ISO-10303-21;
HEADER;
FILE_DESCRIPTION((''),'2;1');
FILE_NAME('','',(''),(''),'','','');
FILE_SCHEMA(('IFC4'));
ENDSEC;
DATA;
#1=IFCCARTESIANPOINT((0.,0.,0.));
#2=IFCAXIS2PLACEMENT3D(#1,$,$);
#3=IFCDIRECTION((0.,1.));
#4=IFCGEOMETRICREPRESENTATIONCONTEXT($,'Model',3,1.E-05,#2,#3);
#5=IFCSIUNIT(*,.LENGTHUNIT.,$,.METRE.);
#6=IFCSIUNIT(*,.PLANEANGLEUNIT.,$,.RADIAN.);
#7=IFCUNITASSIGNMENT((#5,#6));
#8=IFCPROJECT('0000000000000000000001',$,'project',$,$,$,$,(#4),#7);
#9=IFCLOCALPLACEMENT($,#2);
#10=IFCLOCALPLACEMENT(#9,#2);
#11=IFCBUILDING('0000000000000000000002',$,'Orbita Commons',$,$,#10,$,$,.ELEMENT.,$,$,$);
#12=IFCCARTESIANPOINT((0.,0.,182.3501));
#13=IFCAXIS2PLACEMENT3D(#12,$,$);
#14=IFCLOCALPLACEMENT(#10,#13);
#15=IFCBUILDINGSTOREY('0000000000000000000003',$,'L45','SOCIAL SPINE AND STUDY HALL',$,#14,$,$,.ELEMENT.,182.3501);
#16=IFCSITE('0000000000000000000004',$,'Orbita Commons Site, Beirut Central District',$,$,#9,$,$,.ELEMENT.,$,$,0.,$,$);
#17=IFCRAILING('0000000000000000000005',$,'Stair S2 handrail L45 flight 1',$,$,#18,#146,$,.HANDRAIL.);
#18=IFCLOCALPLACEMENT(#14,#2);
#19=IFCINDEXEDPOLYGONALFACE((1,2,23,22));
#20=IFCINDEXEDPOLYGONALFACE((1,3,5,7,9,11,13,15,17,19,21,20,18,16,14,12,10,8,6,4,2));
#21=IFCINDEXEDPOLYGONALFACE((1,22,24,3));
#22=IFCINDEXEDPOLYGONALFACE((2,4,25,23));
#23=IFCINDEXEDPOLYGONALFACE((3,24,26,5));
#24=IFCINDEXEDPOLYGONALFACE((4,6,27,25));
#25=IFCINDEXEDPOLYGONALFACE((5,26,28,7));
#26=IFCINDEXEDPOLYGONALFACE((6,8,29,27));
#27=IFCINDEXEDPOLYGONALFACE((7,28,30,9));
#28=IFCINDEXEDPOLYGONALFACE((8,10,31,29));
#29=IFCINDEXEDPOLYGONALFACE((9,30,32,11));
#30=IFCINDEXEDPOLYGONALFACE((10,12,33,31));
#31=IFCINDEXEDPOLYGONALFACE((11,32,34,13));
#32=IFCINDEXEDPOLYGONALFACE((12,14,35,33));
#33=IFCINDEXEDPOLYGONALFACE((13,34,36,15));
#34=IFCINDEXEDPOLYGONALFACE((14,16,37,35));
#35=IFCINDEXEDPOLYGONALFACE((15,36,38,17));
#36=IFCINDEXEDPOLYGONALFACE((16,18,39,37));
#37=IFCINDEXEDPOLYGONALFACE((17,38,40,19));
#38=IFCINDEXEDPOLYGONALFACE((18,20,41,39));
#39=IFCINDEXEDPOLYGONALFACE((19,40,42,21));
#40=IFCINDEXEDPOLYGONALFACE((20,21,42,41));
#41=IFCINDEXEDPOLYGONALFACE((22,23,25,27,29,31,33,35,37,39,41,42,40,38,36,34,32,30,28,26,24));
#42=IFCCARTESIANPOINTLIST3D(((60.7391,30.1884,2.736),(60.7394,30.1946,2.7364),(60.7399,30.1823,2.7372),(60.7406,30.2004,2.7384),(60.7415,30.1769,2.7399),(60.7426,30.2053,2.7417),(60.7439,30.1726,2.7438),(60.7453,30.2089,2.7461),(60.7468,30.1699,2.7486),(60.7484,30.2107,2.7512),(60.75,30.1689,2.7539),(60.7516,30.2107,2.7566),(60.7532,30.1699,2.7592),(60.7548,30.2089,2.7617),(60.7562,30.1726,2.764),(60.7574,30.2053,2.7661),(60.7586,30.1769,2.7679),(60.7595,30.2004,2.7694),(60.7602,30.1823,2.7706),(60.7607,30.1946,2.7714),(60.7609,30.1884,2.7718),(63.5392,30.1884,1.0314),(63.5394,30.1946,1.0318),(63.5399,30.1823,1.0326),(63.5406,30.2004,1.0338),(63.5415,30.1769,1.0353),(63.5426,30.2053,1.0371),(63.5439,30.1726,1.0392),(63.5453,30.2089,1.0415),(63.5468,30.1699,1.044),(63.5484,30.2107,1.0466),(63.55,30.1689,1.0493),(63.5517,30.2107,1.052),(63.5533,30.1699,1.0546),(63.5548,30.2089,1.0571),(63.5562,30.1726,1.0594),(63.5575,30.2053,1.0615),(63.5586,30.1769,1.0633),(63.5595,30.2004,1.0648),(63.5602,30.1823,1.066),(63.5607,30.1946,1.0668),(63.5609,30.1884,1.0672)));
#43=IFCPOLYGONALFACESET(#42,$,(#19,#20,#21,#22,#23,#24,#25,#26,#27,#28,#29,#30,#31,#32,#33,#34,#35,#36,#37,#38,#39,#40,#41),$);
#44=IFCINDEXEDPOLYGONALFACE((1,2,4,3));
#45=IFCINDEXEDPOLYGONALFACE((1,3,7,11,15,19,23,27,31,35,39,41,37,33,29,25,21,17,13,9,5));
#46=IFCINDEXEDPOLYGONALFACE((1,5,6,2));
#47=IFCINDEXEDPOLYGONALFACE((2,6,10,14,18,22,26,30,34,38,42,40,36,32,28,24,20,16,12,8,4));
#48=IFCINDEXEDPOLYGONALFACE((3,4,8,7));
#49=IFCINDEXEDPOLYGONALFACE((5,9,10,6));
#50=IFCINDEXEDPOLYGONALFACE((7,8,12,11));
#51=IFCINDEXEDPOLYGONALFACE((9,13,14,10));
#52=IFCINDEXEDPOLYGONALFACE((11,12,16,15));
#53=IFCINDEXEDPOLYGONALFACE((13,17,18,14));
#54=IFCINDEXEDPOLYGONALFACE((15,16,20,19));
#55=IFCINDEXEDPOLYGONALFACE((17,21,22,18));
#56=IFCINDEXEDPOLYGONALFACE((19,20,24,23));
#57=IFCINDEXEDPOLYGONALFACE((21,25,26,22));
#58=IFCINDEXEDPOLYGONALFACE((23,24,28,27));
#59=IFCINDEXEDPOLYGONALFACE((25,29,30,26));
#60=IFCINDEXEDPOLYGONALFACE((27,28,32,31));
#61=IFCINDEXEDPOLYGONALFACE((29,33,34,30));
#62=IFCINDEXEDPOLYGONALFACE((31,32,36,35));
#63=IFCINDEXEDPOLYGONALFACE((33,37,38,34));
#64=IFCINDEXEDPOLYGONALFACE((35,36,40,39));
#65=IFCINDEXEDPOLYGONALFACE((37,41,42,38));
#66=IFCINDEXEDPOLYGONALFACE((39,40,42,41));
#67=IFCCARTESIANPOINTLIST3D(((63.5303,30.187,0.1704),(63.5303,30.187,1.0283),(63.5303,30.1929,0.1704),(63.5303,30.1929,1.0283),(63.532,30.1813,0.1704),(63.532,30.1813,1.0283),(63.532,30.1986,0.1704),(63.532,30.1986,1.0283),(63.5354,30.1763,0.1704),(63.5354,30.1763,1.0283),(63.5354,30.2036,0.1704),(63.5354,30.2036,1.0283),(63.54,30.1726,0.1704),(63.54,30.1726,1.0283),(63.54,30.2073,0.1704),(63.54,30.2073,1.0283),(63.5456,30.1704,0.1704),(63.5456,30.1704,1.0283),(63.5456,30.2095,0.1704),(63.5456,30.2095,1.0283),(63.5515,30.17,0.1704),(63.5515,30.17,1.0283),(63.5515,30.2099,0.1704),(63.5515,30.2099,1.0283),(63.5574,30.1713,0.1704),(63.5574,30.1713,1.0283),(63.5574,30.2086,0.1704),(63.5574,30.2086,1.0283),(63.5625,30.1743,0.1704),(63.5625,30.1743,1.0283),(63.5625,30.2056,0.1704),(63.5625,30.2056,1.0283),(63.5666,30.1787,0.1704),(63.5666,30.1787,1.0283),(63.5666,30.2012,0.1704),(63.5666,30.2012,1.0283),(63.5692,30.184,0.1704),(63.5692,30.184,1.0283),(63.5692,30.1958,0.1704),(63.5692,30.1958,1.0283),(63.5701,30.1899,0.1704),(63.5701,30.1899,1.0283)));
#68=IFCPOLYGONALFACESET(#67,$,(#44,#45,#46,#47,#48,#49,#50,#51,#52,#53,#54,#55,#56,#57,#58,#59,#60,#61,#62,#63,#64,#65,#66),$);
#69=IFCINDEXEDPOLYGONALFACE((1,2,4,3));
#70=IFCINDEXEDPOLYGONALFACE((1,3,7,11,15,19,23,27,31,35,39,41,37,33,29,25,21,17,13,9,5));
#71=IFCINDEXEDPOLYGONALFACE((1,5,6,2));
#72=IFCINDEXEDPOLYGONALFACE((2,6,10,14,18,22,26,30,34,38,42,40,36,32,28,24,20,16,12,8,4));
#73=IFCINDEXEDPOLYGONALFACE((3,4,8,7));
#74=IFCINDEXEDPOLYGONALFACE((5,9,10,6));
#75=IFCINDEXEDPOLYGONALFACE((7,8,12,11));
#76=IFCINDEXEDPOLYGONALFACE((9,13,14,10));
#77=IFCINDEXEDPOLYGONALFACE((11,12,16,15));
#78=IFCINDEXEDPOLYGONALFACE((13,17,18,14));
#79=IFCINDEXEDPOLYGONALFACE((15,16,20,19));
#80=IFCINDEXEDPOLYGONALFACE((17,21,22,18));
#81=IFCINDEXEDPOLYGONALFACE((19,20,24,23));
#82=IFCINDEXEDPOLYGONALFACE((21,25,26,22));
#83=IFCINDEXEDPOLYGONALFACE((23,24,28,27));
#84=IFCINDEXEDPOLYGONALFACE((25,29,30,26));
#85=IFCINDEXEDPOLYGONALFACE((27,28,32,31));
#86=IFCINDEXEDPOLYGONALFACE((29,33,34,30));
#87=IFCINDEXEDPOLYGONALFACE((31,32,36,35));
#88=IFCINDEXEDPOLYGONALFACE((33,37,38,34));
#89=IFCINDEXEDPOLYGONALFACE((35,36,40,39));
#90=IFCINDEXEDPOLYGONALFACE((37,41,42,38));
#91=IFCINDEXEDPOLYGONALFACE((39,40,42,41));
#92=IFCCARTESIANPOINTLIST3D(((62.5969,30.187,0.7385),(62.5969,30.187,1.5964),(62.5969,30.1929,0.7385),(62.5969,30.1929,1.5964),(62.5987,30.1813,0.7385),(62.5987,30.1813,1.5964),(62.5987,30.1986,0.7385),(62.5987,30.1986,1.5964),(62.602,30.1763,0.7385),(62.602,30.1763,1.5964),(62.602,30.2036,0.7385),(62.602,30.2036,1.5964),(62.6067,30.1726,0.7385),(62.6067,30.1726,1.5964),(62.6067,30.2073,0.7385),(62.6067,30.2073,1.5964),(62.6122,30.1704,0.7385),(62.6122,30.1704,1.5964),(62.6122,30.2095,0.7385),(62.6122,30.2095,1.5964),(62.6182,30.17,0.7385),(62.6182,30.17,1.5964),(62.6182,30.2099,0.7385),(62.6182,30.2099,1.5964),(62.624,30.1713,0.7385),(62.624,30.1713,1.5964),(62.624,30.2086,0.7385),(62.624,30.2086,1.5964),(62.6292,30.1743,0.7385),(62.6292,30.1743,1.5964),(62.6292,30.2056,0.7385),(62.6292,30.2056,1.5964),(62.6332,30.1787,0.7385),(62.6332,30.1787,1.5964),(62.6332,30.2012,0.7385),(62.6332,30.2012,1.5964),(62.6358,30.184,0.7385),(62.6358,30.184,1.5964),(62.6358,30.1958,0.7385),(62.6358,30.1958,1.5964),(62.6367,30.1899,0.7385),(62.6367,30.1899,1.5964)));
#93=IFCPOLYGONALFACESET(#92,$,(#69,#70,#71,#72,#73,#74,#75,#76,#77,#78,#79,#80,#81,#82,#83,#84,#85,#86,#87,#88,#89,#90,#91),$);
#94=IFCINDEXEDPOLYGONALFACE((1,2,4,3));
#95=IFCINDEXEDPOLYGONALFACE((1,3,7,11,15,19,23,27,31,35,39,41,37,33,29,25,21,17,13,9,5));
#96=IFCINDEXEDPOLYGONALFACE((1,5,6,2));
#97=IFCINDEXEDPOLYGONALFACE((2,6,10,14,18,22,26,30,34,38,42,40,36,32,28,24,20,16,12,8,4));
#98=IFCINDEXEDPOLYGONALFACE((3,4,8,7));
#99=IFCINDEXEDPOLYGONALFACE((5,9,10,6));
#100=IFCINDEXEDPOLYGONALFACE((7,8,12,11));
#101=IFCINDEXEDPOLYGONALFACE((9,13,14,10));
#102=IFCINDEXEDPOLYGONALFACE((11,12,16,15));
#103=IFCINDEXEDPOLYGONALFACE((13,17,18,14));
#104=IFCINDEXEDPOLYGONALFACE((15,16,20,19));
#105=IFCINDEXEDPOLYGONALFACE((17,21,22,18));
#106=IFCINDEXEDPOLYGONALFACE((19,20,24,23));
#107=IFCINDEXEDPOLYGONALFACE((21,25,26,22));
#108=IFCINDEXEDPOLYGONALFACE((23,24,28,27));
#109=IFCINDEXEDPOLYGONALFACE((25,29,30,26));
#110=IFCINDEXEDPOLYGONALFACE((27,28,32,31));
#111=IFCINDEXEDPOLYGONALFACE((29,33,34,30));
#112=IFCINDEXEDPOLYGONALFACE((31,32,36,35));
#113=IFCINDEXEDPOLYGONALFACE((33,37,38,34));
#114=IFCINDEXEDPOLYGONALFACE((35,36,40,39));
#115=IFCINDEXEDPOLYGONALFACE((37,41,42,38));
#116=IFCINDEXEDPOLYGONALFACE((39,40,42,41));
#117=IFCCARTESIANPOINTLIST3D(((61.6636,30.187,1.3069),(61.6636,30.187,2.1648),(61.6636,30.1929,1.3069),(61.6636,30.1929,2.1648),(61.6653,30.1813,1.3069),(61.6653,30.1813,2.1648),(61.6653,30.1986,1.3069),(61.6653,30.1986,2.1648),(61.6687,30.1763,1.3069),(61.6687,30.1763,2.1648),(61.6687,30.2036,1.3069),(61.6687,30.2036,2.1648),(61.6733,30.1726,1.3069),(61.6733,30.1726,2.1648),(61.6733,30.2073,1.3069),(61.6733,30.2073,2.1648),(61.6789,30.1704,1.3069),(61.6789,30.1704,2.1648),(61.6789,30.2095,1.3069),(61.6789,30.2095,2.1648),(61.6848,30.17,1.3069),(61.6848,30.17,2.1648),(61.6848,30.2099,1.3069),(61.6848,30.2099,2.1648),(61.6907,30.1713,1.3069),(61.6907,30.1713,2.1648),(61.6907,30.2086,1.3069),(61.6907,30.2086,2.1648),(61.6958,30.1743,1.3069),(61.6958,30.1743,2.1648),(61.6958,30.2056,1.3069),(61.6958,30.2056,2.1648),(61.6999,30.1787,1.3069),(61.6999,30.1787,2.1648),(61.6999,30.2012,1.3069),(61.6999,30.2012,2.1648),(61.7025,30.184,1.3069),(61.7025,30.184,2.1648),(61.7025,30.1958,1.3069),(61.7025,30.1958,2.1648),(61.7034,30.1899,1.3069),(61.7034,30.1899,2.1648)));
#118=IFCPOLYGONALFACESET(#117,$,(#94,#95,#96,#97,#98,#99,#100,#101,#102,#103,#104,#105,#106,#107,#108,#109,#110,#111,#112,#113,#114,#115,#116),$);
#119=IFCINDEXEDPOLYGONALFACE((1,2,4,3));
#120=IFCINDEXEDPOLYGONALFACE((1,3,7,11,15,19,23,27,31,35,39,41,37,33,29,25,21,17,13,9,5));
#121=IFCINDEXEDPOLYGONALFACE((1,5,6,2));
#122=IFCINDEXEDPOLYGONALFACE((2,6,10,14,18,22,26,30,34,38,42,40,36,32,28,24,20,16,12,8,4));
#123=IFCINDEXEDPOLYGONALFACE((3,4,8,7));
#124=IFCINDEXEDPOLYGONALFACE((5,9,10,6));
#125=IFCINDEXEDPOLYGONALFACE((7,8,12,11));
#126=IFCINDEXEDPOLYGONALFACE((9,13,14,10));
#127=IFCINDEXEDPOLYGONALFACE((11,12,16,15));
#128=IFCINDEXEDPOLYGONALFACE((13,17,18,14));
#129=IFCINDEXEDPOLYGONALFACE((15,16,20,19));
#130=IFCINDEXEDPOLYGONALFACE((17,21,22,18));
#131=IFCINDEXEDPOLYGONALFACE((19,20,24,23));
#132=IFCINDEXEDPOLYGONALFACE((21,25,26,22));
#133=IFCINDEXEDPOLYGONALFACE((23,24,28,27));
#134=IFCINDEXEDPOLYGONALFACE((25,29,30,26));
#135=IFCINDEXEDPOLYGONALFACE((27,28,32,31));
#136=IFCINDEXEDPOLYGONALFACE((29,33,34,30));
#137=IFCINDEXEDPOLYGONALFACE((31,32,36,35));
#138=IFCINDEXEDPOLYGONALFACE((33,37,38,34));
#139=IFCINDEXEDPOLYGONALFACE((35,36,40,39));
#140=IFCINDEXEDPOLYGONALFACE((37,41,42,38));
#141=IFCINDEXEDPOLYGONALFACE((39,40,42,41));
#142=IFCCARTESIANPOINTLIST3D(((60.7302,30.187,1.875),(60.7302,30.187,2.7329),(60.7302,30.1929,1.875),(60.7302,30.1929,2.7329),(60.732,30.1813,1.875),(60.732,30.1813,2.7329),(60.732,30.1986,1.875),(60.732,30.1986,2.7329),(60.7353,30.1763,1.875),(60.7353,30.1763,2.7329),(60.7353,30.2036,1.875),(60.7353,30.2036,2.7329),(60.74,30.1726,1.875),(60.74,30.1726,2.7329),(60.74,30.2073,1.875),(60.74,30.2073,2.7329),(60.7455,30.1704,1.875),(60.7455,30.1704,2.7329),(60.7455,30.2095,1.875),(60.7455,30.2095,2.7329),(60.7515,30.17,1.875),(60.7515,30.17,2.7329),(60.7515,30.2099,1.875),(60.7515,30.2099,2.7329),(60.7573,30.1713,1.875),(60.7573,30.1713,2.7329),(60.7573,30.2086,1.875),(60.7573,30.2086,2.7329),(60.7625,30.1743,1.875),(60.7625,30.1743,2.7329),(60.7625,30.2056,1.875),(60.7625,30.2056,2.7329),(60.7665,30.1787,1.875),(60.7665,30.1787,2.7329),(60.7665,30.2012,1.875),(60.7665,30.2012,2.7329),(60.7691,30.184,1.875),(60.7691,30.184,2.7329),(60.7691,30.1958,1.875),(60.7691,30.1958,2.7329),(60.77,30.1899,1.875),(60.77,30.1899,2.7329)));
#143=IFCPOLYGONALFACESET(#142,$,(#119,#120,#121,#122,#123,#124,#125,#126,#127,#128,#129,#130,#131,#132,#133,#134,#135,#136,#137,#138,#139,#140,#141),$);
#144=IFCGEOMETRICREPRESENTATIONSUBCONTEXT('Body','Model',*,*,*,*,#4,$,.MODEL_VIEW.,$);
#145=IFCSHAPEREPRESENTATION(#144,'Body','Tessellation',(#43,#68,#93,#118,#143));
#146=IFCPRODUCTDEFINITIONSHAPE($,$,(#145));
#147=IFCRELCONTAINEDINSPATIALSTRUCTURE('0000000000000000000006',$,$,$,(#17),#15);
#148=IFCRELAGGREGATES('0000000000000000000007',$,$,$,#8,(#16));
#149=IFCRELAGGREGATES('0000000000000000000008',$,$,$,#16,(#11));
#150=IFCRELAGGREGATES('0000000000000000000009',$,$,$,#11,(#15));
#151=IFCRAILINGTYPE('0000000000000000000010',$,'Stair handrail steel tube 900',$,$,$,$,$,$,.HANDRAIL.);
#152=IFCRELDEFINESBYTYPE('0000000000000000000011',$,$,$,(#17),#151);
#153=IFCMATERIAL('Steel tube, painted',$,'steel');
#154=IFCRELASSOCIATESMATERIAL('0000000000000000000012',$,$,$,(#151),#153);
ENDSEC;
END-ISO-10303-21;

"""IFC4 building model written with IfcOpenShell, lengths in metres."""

from ifc_helpers import new_model, si_unit, direction, frame, origin, origin_2d, place, context, subcontext, project, spatial, circle, extrude, material, type_object, element, save


model = new_model("IFC4")

# Units and contexts
model_context = context("Model", 3, precision=1e-05, world=origin(), true_north=direction((0.0, 1.0)))
body_context = subcontext(model_context, "Body", "Model", "MODEL_VIEW")
ifc_project = project(units=[si_unit("LENGTHUNIT", "METRE"), si_unit("PLANEANGLEUNIT", "RADIAN")], contexts=[model_context])

# Site, building, storey
site_placement = place(None, origin())
site = spatial("IfcSite", under=ifc_project, at=site_placement, Name="Orbita Commons Site, Beirut Central District", CompositionType="ELEMENT", RefElevation=0.0)
building_placement = place(site_placement, origin())
building = spatial("IfcBuilding", under=site, at=building_placement, Name="Orbita Commons", CompositionType="ELEMENT")
storey_placement = place(building_placement, frame((0.0, 0.0, 182.3501)))
storey = spatial("IfcBuildingStorey", under=building, at=storey_placement, Name="L45", Description="SOCIAL SPINE AND STUDY HALL", CompositionType="ELEMENT", Elevation=182.3501)

# Railing
ifc_material_1 = material(Name="Steel tube, painted", Category="steel")
railing_type = type_object("IfcRailingType", Name="Stair handrail steel tube 900", PredefinedType="HANDRAIL", material=ifc_material_1)
for number, where, name in (
    (1, (63.55, 30.1899, 0.1704), "Stair S2 handrail L45 flight 1"),
):
    element("IfcRailing", number, at=place(storey_placement, frame(where)), inside=storey, type_object=railing_type, Name=name, PredefinedType="HANDRAIL", context=body_context, shape_type="SweptSolid", body=[
        extrude(circle(Radius=0.021, at=origin_2d()), frame((0.0, 0.0, 0.8789), z_axis=(-0.85417, 0.0, 0.519994), x_axis=(0.0, -1.0, 0.0)), (0.0, 0.0, 1.0), 3.2781),
        extrude(circle(Radius=0.02, at=origin_2d()), origin(), (0.0, 0.0, 1.0), 0.8579),
        extrude(circle(Radius=0.02, at=origin_2d()), frame((-0.9333, 0.0, 0.5681)), (0.0, 0.0, 1.0), 0.8579),
        extrude(circle(Radius=0.02, at=origin_2d()), frame((-1.8667, 0.0, 1.1365)), (0.0, 0.0, 1.0), 0.8579),
        extrude(circle(Radius=0.02, at=origin_2d()), frame((-2.8, 0.0, 1.7046)), (0.0, 0.0, 1.0), 0.8579),
    ])

save(model, "model.ifc")
